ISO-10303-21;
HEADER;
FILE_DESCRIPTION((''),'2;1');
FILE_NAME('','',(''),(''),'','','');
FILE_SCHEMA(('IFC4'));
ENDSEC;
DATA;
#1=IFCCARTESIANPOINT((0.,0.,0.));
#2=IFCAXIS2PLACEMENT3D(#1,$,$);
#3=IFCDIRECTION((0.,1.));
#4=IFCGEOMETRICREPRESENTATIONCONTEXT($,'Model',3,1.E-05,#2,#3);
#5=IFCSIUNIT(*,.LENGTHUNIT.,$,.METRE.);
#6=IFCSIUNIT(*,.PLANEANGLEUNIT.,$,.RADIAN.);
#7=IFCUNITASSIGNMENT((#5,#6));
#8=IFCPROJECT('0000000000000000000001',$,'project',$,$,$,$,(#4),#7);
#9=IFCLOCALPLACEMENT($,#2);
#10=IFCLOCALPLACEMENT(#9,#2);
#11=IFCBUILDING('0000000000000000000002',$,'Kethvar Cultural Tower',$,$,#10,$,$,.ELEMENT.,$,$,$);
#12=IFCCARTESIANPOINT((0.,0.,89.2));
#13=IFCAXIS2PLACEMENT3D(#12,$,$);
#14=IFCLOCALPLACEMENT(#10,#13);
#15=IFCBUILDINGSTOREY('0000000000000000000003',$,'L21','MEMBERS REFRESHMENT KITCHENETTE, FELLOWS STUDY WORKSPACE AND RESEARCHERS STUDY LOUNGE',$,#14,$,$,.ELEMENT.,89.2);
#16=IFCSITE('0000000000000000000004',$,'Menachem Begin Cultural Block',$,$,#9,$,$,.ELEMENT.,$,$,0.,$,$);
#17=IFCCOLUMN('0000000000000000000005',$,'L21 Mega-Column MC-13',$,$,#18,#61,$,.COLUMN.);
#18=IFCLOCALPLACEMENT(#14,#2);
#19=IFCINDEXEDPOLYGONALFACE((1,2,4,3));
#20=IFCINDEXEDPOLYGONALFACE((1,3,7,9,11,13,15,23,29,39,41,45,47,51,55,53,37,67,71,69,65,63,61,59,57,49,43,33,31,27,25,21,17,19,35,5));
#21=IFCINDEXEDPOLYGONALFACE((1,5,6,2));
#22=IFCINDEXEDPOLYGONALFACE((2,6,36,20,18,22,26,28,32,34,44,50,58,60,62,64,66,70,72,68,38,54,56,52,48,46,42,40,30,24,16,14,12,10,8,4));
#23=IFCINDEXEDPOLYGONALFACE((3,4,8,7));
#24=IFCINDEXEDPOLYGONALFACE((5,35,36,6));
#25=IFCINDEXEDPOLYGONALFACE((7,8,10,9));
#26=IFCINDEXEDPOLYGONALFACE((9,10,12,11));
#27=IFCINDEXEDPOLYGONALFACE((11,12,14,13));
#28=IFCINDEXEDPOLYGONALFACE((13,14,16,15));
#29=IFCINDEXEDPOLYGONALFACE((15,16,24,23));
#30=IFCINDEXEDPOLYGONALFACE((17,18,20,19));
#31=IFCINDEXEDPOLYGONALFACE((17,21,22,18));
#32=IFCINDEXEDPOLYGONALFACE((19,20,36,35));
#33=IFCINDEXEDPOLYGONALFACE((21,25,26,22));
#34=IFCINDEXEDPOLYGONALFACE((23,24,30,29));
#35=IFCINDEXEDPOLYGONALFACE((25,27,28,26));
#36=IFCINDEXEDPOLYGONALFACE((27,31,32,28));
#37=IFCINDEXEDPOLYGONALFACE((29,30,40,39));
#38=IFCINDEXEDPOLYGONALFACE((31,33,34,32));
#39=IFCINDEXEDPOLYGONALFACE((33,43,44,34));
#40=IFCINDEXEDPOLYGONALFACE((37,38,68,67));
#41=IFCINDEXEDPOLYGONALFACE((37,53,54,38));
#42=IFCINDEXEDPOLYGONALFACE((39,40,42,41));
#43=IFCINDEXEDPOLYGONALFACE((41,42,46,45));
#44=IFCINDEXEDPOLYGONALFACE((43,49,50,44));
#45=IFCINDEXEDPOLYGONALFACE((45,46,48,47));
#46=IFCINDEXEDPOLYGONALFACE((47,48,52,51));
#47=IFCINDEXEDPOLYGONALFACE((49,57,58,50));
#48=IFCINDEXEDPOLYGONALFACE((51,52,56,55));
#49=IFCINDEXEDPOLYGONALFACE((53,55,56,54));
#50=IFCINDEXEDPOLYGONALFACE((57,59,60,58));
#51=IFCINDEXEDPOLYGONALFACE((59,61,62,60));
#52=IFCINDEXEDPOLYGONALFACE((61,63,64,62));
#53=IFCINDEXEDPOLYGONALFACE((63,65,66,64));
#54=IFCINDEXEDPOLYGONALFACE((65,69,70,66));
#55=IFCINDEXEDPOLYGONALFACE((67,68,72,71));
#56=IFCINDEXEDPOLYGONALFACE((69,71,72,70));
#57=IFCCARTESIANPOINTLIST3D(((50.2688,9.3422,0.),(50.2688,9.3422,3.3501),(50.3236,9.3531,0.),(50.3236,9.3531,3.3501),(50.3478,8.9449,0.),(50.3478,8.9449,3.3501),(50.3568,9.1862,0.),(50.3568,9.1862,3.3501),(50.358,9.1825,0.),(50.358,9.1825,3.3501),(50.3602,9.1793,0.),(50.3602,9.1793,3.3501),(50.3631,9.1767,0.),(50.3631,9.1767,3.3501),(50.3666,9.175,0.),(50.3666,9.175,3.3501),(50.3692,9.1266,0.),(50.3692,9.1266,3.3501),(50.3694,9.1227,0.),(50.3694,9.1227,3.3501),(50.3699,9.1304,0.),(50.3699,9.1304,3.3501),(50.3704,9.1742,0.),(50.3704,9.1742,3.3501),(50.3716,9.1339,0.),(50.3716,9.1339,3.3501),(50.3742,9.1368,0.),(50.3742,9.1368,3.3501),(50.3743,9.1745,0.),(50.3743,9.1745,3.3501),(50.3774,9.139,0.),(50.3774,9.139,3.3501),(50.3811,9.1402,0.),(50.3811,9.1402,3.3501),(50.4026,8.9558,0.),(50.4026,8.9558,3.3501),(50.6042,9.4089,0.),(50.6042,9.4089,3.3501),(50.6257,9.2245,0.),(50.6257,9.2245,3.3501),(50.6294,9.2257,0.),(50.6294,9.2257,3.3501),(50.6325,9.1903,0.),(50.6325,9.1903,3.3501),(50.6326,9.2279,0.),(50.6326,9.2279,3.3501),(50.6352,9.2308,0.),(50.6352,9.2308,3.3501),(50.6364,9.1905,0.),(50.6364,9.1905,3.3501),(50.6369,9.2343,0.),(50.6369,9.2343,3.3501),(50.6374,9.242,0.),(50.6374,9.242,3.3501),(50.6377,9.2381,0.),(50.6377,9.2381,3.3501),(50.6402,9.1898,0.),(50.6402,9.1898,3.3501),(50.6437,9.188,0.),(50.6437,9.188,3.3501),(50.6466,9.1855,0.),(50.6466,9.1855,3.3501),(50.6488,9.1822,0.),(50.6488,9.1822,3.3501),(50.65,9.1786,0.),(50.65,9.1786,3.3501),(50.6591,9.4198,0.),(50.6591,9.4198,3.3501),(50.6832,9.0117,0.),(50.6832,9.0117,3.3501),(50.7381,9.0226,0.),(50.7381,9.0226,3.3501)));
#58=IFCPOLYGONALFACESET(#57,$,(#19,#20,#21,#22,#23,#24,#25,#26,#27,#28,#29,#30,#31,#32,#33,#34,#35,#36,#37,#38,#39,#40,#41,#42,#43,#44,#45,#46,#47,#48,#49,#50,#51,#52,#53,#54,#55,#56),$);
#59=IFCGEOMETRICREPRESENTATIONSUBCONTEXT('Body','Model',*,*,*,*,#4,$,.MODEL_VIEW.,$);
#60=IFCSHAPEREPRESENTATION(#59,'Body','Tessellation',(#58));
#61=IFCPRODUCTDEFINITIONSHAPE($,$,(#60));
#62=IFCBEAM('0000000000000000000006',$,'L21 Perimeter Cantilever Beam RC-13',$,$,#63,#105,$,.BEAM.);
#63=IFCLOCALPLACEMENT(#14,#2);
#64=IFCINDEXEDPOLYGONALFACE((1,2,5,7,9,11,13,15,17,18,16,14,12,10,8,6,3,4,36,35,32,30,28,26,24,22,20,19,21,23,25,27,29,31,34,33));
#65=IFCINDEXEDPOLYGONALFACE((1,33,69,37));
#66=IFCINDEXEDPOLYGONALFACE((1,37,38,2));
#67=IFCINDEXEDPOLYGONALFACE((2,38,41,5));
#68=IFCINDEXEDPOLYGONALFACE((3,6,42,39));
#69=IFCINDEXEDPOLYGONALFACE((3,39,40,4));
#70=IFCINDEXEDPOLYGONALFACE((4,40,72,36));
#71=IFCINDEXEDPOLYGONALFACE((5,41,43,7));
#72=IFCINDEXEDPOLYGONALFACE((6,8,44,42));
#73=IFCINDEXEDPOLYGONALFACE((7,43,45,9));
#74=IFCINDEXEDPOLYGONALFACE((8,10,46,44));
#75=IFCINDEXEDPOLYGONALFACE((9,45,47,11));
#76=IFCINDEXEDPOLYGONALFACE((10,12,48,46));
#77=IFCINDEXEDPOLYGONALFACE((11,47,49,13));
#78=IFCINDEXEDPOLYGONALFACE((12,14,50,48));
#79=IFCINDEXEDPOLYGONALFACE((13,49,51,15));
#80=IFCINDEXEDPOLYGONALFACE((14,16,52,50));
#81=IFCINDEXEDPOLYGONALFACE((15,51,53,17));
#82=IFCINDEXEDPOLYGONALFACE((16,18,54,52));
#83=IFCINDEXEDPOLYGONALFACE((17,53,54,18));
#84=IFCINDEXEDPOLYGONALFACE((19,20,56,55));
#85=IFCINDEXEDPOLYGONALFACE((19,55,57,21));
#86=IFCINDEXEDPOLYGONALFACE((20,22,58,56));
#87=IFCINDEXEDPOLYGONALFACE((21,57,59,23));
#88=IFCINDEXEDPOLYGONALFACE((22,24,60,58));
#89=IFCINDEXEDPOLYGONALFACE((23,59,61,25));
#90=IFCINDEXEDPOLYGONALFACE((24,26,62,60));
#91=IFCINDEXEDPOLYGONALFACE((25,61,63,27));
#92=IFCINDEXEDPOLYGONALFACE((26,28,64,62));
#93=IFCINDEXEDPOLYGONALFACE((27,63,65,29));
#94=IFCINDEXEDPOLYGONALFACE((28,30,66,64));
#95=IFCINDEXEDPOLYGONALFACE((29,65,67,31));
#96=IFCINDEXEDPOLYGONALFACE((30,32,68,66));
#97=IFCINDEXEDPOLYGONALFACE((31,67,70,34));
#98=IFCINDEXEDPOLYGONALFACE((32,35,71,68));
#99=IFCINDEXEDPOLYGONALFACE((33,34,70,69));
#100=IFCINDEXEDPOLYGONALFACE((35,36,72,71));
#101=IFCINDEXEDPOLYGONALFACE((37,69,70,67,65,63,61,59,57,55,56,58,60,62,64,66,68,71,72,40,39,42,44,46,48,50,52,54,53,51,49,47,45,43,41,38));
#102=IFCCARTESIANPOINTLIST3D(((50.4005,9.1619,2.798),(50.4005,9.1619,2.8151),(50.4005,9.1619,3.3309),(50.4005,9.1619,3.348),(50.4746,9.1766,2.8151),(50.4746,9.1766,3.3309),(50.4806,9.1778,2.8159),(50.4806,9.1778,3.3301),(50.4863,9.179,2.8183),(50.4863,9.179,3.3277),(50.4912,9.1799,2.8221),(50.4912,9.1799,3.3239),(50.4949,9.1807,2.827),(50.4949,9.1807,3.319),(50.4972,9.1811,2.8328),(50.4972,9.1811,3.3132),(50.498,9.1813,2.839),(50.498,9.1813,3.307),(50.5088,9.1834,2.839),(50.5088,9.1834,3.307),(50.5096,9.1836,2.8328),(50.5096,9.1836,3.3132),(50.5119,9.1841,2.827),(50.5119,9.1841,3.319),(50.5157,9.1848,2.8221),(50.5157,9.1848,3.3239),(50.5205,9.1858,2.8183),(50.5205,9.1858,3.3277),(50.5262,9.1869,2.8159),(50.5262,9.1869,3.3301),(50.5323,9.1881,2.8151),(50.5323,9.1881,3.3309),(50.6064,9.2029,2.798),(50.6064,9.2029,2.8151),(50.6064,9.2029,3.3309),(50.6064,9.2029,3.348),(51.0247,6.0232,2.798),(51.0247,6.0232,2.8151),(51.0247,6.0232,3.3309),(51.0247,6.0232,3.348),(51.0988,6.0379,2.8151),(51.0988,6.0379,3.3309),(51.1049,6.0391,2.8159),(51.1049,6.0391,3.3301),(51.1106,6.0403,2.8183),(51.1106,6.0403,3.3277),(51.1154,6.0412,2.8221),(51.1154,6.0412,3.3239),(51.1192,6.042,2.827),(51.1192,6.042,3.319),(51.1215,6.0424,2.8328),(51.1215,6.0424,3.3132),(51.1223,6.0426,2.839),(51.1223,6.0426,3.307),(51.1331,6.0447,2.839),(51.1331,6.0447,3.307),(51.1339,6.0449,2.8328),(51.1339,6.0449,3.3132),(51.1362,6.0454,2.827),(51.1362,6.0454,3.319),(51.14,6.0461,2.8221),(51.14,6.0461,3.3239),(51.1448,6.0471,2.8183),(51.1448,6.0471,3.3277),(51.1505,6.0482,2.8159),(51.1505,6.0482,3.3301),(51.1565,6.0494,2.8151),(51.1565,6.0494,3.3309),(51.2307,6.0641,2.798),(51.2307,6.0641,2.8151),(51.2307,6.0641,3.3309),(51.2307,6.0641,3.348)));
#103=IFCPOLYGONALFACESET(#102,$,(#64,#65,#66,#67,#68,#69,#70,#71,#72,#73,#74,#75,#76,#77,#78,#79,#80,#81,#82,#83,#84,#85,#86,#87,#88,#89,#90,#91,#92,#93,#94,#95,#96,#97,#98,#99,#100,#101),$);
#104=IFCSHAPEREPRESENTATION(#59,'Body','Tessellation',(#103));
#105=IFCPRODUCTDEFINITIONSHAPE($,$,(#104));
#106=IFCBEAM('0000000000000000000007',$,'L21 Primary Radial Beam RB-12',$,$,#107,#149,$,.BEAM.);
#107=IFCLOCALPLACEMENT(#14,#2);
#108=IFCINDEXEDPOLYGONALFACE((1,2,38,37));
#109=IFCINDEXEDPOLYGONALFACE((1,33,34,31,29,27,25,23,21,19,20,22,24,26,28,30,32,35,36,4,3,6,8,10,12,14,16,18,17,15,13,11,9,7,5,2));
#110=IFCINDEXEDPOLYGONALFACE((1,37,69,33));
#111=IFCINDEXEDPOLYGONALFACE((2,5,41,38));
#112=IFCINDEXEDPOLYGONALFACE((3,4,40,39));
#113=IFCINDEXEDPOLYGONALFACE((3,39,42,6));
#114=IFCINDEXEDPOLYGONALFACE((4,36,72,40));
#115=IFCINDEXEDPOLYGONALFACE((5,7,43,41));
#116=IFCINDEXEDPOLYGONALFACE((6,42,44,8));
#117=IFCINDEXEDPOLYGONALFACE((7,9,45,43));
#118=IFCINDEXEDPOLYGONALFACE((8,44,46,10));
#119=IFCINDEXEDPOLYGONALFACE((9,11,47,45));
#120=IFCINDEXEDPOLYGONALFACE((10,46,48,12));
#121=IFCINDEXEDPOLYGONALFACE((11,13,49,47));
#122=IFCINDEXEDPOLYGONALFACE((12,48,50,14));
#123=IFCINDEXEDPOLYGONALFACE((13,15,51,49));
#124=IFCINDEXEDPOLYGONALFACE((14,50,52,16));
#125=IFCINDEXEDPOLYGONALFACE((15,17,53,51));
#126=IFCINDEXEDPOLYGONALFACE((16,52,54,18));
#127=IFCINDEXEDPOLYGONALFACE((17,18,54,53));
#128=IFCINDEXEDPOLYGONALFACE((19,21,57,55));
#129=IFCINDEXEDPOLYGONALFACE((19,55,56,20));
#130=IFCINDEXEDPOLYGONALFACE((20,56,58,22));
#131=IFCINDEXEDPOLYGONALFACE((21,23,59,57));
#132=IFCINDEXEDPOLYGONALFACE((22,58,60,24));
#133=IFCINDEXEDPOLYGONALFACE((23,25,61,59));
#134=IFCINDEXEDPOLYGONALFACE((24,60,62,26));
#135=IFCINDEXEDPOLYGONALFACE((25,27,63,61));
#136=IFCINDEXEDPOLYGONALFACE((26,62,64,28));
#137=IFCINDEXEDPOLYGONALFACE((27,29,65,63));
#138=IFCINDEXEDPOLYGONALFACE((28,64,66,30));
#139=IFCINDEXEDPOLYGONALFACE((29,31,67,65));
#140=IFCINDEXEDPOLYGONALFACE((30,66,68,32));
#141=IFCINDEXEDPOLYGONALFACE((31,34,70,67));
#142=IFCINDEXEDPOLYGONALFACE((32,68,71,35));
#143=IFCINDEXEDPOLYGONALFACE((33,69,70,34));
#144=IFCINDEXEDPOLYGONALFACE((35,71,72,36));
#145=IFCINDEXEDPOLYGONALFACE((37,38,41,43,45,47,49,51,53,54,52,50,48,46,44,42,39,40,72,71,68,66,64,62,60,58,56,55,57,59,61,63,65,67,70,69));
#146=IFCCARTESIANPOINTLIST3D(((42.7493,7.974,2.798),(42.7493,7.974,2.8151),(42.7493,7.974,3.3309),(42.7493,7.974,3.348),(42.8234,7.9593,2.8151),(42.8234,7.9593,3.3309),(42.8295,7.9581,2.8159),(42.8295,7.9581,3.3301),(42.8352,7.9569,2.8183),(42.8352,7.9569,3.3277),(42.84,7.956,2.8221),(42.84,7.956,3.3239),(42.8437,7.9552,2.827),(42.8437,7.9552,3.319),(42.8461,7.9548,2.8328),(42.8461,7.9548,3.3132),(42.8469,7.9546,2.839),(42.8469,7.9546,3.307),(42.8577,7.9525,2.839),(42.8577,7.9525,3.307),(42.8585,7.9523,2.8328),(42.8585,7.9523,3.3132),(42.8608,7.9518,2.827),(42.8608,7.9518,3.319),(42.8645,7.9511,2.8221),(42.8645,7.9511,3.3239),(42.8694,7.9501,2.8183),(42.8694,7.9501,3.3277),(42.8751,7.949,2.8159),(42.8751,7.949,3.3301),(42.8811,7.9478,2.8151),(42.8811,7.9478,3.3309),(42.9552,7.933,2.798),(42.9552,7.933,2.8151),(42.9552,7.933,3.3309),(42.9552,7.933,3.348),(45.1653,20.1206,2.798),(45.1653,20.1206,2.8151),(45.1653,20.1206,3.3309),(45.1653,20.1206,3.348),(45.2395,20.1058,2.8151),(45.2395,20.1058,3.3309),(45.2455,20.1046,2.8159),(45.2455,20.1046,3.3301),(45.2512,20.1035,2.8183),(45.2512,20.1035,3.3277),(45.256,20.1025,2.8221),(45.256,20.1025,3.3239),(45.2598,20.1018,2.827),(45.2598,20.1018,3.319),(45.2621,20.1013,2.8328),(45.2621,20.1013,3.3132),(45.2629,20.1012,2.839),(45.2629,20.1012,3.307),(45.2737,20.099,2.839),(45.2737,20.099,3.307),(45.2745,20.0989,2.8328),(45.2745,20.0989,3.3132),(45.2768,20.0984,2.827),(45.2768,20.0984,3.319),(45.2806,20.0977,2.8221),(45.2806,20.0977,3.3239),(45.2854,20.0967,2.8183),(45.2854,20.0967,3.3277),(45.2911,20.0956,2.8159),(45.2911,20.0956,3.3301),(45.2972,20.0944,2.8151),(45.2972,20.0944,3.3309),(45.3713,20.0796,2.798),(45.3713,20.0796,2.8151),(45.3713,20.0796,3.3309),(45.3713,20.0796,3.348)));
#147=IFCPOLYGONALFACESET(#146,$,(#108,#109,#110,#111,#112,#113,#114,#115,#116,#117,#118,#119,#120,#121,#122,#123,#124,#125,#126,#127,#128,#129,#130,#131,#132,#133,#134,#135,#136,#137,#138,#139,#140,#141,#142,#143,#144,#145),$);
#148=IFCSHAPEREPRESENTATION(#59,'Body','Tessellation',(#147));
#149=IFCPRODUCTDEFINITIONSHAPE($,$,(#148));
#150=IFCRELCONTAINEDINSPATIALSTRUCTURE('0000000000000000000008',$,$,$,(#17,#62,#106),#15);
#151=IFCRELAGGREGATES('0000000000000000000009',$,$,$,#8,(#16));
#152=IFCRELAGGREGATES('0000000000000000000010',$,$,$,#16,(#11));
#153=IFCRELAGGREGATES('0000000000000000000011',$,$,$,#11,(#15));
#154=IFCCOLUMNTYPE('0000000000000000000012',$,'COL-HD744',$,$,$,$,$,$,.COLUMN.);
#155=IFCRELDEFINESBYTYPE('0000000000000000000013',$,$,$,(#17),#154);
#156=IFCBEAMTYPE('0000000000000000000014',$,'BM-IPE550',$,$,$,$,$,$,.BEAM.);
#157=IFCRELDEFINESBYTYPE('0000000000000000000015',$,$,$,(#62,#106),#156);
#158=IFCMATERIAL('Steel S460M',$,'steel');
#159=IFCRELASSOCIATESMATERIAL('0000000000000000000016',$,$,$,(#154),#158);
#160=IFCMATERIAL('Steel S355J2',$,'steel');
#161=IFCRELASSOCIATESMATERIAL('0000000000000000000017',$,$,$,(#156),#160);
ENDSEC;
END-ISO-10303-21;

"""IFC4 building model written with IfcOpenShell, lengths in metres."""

from ifc_helpers import new_model, si_unit, direction, frame, origin, origin_2d, place, context, subcontext, project, spatial, i_section, extrude, source, transform, mapped, material, material_profile, profile_set, type_object, element, save


model = new_model("IFC4")

# Units and contexts
model_context = context("Model", 3, precision=1e-05, world=origin(), true_north=direction((0.0, 1.0)))
body_context = subcontext(model_context, "Body", "Model", "MODEL_VIEW")
ifc_project = project(units=[si_unit("LENGTHUNIT", "METRE"), si_unit("PLANEANGLEUNIT", "RADIAN")], contexts=[model_context])

# Site, building, storey
site_placement = place(None, origin())
site = spatial("IfcSite", under=ifc_project, at=site_placement, Name="Menachem Begin Cultural Block", CompositionType="ELEMENT", RefElevation=0.0)
building_placement = place(site_placement, origin())
building = spatial("IfcBuilding", under=site, at=building_placement, Name="Kethvar Cultural Tower", CompositionType="ELEMENT")
storey_placement = place(building_placement, frame((0.0, 0.0, 89.2)))
storey = spatial("IfcBuildingStorey", under=building, at=storey_placement, Name="L21", Description="MEMBERS REFRESHMENT KITCHENETTE, FELLOWS STUDY WORKSPACE AND RESEARCHERS STUDY LOUNGE", CompositionType="ELEMENT", Elevation=89.2)

# Column
ifc_material_1 = material(Name="Steel S460M", Category="steel")
ifc_material_profile_1 = material_profile(ifc_material_1, i_section(OverallWidth=0.405, OverallDepth=0.3979, WebThickness=0.0349, FlangeThickness=0.0559, FilletRadius=0.0149, at=origin_2d()), Name="Steel S460M — HD400x744")
ifc_profile_set_1 = profile_set([ifc_material_profile_1], Name="Steel S460M — HD400x744")
column_type = type_object("IfcColumnType", Name="COL-HD744", PredefinedType="COLUMN", material=ifc_profile_set_1)
shared_shape_1 = source(origin(), body_context, "Body", "SweptSolid", [
    extrude(i_section(OverallWidth=0.405, OverallDepth=0.3979, WebThickness=0.0349, FlangeThickness=0.0559, FilletRadius=0.0149, at=origin_2d()), origin(), (0.0, 0.0, 1.0), 3.3501),
])
column_placement = place(storey_placement, frame((50.5034, 9.1824, 0.0), z_axis=(0.0, 0.0, 1.0), x_axis=(0.19509, -0.980785, 0.0)))
element("IfcColumn", 1, at=column_placement, inside=storey, type_object=column_type, Name="L21 Mega-Column MC-13", PredefinedType="COLUMN", context=body_context, shape_type="MappedRepresentation", body=[
    mapped(shared_shape_1, transform((0.0, 0.0, 0.0), scale=1.0)),
])

# Beams
ifc_material_2 = material(Name="Steel S355J2", Category="steel")
ifc_material_profile_2 = material_profile(ifc_material_2, i_section(OverallWidth=0.21, OverallDepth=0.55, WebThickness=0.011, FlangeThickness=0.0171, FilletRadius=0.0239, at=origin_2d()), Name="Steel S355J2 — IPE550")
ifc_profile_set_2 = profile_set([ifc_material_profile_2], Name="Steel S355J2 — IPE550")
beam_type_1 = type_object("IfcBeamType", Name="BM-IPE550", PredefinedType="BEAM", material=ifc_profile_set_2)
shared_shape_2 = source(origin(), body_context, "Body", "SweptSolid", [
    extrude(i_section(OverallWidth=0.21, OverallDepth=0.55, WebThickness=0.011, FlangeThickness=0.0171, FilletRadius=0.0239, at=origin_2d()), origin(), (0.0, 0.0, 1.0), 3.2002),
])
beam_1_placement = place(storey_placement, frame((50.5034, 9.1824, 3.073), z_axis=(0.195074, -0.980788, 0.0), x_axis=(0.980788, 0.195074, 0.0)))
element("IfcBeam", 2, at=beam_1_placement, inside=storey, type_object=beam_type_1, Name="L21 Perimeter Cantilever Beam RC-13", PredefinedType="BEAM", context=body_context, shape_type="MappedRepresentation", body=[
    mapped(shared_shape_2, transform((0.0, 0.0, 0.0), scale=1.0)),
])
shared_shape_3 = source(origin(), body_context, "Body", "SweptSolid", [
    extrude(i_section(OverallWidth=0.21, OverallDepth=0.55, WebThickness=0.011, FlangeThickness=0.0171, FilletRadius=0.0239, at=origin_2d()), origin(), (0.0, 0.0, 1.0), 12.3845),
])
beam_2_placement = place(storey_placement, frame((45.2683, 20.1001, 3.073), z_axis=(-0.195085, -0.980786, 0.0), x_axis=(0.980786, -0.195085, 0.0)))
element("IfcBeam", 3, at=beam_2_placement, inside=storey, type_object=beam_type_1, Name="L21 Primary Radial Beam RB-12", PredefinedType="BEAM", context=body_context, shape_type="MappedRepresentation", body=[
    mapped(shared_shape_3, transform((0.0, 0.0, 0.0), scale=1.0)),
])

save(model, "model.ifc")
